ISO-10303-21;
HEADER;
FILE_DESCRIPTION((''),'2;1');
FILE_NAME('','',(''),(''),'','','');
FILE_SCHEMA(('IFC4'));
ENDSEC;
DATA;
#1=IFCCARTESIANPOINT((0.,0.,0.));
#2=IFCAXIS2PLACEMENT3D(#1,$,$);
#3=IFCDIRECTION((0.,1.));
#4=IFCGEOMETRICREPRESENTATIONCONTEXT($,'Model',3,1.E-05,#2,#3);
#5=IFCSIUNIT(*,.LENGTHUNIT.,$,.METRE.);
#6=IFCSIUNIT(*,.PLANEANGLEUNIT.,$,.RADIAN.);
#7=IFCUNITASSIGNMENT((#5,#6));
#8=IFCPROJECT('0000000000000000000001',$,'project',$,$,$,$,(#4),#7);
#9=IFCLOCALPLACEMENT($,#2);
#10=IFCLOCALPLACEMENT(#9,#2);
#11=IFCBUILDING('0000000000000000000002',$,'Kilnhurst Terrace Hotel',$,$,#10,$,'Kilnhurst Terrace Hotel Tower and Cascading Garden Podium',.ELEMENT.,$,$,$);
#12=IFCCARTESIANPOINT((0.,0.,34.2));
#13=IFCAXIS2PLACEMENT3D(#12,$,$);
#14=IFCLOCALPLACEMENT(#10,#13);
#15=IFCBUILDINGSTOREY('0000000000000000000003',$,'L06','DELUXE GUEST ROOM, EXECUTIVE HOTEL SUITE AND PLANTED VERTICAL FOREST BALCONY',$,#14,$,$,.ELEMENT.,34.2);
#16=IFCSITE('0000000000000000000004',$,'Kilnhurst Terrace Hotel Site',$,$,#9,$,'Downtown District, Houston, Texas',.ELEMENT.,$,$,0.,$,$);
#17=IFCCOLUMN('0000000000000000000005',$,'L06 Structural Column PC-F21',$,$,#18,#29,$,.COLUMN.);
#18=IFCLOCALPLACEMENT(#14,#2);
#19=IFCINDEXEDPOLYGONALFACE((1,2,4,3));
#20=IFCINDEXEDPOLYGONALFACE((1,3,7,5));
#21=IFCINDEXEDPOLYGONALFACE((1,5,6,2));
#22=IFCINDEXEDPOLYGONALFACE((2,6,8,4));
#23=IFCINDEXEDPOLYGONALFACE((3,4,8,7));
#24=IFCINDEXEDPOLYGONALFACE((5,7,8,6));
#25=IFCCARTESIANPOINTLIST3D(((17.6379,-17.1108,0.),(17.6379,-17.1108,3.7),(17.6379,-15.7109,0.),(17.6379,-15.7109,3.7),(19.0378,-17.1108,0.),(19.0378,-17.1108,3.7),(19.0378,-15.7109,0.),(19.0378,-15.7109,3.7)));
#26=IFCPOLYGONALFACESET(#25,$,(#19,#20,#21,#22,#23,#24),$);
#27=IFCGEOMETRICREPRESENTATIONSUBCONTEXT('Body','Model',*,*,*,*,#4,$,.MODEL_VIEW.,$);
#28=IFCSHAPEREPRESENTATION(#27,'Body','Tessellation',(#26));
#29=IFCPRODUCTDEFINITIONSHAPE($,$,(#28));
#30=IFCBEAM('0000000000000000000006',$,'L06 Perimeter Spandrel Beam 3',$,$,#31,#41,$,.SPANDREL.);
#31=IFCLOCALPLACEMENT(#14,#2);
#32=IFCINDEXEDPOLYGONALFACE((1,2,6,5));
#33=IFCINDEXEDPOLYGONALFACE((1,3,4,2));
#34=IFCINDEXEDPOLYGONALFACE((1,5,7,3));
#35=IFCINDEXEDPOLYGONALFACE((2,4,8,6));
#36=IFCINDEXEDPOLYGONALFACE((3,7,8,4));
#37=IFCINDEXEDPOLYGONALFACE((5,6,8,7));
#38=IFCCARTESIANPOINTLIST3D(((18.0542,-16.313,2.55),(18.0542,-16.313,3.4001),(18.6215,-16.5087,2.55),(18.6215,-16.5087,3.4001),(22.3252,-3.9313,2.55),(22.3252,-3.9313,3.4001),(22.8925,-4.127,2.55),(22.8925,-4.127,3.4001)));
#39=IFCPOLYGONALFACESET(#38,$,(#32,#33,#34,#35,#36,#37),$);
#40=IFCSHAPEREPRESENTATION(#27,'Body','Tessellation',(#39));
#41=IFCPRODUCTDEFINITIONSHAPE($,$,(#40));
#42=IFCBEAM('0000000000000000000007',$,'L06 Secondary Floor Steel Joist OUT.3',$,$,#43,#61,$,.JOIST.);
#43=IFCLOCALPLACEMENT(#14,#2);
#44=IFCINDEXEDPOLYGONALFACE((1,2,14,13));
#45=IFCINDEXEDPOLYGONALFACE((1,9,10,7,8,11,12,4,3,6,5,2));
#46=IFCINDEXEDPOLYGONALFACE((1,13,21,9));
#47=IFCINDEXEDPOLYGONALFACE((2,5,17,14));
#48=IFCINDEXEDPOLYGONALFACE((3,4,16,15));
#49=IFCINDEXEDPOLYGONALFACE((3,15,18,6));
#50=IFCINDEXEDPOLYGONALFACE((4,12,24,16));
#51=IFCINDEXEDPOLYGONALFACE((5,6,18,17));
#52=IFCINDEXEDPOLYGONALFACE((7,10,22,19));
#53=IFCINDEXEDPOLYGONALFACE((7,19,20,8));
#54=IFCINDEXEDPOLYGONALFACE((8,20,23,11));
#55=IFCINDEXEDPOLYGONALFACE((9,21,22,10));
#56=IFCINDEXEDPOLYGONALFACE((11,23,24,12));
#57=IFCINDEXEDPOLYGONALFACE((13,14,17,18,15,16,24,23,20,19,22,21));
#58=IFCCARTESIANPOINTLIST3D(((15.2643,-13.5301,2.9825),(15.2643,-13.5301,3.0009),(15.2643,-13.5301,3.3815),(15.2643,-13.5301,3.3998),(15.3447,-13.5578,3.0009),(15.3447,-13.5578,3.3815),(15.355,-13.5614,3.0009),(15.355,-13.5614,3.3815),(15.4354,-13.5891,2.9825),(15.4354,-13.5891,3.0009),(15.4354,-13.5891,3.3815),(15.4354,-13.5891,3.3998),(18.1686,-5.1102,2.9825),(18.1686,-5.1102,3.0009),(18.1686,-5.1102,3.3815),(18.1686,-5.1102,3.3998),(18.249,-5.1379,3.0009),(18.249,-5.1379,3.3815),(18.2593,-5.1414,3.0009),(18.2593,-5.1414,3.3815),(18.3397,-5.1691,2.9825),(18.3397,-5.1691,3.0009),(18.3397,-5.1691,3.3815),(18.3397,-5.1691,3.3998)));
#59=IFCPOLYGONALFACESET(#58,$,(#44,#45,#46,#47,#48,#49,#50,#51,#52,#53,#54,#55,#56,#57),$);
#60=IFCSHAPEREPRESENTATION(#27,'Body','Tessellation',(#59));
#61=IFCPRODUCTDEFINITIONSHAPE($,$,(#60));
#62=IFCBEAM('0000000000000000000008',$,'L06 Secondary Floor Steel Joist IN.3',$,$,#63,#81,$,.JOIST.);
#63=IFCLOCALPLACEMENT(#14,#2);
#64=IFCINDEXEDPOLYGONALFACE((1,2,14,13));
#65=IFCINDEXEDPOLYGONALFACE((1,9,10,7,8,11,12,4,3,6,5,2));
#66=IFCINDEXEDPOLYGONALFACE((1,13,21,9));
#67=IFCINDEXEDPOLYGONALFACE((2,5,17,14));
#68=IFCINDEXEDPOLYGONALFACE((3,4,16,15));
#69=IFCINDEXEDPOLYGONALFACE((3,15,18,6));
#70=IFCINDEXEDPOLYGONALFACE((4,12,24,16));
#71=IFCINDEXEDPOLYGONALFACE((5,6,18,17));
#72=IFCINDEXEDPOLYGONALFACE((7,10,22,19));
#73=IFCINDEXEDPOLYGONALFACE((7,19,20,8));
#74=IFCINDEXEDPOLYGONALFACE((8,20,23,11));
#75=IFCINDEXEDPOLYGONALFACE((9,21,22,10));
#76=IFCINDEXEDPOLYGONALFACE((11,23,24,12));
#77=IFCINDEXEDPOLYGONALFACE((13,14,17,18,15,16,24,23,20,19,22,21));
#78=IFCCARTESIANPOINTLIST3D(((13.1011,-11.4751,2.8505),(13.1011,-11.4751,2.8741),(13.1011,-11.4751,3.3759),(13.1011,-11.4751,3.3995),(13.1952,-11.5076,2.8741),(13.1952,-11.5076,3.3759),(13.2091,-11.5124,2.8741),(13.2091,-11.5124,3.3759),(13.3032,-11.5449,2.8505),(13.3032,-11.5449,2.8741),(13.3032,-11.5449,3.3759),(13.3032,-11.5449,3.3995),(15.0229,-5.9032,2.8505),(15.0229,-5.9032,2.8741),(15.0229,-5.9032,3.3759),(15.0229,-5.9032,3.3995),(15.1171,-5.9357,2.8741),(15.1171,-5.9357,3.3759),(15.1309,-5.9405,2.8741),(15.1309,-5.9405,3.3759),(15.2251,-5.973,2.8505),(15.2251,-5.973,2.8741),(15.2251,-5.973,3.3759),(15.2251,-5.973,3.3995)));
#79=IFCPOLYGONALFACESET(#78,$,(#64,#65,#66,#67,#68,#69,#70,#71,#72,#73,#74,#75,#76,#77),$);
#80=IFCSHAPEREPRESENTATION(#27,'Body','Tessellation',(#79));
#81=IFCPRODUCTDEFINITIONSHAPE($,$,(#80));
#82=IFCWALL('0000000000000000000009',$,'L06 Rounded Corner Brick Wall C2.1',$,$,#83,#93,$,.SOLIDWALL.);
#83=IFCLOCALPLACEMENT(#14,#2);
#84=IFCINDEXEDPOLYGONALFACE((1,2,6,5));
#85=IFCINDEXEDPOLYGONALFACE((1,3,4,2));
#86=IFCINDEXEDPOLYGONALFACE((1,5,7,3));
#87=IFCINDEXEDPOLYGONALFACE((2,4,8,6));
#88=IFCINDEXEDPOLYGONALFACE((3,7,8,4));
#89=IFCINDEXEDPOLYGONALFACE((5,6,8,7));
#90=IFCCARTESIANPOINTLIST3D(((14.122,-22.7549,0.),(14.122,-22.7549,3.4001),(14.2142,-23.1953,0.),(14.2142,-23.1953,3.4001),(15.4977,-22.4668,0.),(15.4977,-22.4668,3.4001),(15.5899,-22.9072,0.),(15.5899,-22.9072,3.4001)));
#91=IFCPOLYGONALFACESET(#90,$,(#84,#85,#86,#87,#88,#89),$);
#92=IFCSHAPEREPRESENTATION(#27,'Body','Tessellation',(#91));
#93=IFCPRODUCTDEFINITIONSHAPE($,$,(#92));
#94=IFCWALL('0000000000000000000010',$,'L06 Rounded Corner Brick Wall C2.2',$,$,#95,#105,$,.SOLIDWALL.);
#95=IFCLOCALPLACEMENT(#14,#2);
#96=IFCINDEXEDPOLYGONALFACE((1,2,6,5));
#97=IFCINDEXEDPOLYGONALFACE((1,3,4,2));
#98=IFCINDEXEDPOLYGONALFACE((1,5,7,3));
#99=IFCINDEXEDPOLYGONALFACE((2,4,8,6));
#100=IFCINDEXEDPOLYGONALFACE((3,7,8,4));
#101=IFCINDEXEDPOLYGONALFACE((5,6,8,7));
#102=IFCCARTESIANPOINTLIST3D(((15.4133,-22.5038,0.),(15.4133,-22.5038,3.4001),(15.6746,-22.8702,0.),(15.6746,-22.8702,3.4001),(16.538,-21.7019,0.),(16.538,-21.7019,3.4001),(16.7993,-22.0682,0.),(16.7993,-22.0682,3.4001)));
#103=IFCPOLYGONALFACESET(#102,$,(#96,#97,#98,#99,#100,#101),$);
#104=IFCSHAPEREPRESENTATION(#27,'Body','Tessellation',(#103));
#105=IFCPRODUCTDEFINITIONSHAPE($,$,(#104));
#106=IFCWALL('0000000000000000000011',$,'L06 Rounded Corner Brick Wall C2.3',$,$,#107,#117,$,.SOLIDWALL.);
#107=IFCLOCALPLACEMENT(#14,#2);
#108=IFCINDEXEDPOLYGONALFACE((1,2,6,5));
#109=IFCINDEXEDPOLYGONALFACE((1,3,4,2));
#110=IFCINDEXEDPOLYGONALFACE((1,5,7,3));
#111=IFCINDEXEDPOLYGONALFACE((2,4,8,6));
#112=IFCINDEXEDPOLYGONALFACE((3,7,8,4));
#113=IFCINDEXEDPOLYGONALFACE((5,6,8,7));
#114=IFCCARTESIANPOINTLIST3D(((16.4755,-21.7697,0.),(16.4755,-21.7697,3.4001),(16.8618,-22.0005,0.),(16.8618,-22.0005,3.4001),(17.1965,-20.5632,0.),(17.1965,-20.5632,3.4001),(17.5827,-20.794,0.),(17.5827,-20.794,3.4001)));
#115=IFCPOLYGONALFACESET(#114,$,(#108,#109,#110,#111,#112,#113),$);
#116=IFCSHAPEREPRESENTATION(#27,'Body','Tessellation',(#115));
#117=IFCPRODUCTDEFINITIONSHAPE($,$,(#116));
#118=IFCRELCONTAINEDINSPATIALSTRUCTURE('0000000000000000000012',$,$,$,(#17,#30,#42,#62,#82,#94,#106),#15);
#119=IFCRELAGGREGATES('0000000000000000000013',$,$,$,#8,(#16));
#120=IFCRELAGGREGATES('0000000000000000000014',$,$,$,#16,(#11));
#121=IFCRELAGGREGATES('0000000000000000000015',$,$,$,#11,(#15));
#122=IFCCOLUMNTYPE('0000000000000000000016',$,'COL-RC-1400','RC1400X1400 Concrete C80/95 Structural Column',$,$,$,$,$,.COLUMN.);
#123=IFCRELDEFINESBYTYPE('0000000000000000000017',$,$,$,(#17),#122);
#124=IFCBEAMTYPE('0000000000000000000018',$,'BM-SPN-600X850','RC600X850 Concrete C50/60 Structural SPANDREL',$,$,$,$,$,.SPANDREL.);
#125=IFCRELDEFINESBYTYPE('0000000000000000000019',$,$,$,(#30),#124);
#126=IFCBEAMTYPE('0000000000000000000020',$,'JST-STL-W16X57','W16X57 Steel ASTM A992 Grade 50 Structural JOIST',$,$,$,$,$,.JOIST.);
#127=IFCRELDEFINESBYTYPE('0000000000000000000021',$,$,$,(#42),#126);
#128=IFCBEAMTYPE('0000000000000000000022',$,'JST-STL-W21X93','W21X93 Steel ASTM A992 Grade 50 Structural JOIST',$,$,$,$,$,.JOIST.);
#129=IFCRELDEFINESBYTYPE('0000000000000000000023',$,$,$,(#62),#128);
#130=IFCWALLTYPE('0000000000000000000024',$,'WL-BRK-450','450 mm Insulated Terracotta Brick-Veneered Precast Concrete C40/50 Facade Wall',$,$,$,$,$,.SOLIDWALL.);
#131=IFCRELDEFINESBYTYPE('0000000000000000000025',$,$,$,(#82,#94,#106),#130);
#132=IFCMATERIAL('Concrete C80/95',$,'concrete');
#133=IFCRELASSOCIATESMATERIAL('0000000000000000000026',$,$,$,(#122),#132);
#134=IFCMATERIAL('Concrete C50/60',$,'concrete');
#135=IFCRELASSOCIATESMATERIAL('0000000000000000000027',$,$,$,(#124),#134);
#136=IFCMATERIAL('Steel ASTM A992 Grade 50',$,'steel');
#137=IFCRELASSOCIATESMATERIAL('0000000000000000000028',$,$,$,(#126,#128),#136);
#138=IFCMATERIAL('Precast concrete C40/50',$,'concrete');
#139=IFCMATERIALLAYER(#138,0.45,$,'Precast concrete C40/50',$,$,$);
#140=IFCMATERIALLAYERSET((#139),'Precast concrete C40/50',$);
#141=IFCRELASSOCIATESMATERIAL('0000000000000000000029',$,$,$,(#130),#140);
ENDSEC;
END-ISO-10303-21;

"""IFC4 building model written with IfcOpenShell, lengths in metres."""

from ifc_helpers import new_model, si_unit, direction, frame, frame_2d, origin, origin_2d, place, context, subcontext, project, spatial, rectangle, i_section, extrude, material, layer, layer_set, material_profile, profile_set, type_object, element, save


model = new_model("IFC4")

# Units and contexts
model_context = context("Model", 3, precision=1e-05, world=origin(), true_north=direction((0.0, 1.0)))
body_context = subcontext(model_context, "Body", "Model", "MODEL_VIEW")
ifc_project = project(units=[si_unit("LENGTHUNIT", "METRE"), si_unit("PLANEANGLEUNIT", "RADIAN")], contexts=[model_context])

# Site, building, storey
site_placement = place(None, origin())
site = spatial("IfcSite", under=ifc_project, at=site_placement, Name="Kilnhurst Terrace Hotel Site", LongName="Downtown District, Houston, Texas", CompositionType="ELEMENT", RefElevation=0.0)
building_placement = place(site_placement, origin())
building = spatial("IfcBuilding", under=site, at=building_placement, Name="Kilnhurst Terrace Hotel", LongName="Kilnhurst Terrace Hotel Tower and Cascading Garden Podium", CompositionType="ELEMENT")
storey_placement = place(building_placement, frame((0.0, 0.0, 34.2)))
storey = spatial("IfcBuildingStorey", under=building, at=storey_placement, Name="L06", Description="DELUXE GUEST ROOM, EXECUTIVE HOTEL SUITE AND PLANTED VERTICAL FOREST BALCONY", CompositionType="ELEMENT", Elevation=34.2)

# Column
ifc_material_1 = material(Name="Concrete C80/95", Category="concrete")
ifc_material_profile_1 = material_profile(ifc_material_1, rectangle(XDim=1.3999, YDim=1.3999, at=origin_2d()), Name="RC1400X1400")
ifc_profile_set_1 = profile_set([ifc_material_profile_1], Name="Concrete C80/95")
column_type = type_object("IfcColumnType", Name="COL-RC-1400", Description="RC1400X1400 Concrete C80/95 Structural Column", PredefinedType="COLUMN", material=ifc_profile_set_1)
column_placement = place(storey_placement, frame((18.3379, -16.4109, 0.0), z_axis=(0.0, 0.0, 1.0), x_axis=(1.0, 0.0, 0.0)))
element("IfcColumn", 1, at=column_placement, inside=storey, type_object=column_type, Name="L06 Structural Column PC-F21", PredefinedType="COLUMN", context=body_context, shape_type="SweptSolid", body=[
    extrude(rectangle(XDim=1.3999, YDim=1.3999, at=origin_2d()), origin(), (0.0, 0.0, 1.0), 3.7),
])

# Beams
ifc_material_2 = material(Name="Concrete C50/60", Category="concrete")
ifc_material_profile_2 = material_profile(ifc_material_2, rectangle(XDim=0.6001, YDim=0.8501, at=origin_2d()), Name="RC600X850")
ifc_profile_set_2 = profile_set([ifc_material_profile_2], Name="Concrete C50/60")
beam_type_1 = type_object("IfcBeamType", Name="BM-SPN-600X850", Description="RC600X850 Concrete C50/60 Structural SPANDREL", PredefinedType="SPANDREL", material=ifc_profile_set_2)
beam_1_placement = place(storey_placement, frame((18.3379, -16.4109, 2.9751), z_axis=(0.326086, 0.94534, 0.0), x_axis=(-0.94534, 0.326086, 0.0)))
element("IfcBeam", 2, at=beam_1_placement, inside=storey, type_object=beam_type_1, Name="L06 Perimeter Spandrel Beam 3", PredefinedType="SPANDREL", context=body_context, shape_type="SweptSolid", body=[
    extrude(rectangle(XDim=0.6001, YDim=0.8501, at=origin_2d()), origin(), (0.0, 0.0, 1.0), 13.0977),
])
ifc_material_3 = material(Name="Steel ASTM A992 Grade 50", Category="steel")
ifc_material_profile_3 = material_profile(ifc_material_3, i_section(OverallWidth=0.1809, OverallDepth=0.4172, WebThickness=0.011, FlangeThickness=0.0183, at=origin_2d()), Name="W16X57")
ifc_profile_set_3 = profile_set([ifc_material_profile_3], Name="Steel ASTM A992 Grade 50")
beam_type_2 = type_object("IfcBeamType", Name="JST-STL-W16X57", Description="W16X57 Steel ASTM A992 Grade 50 Structural JOIST", PredefinedType="JOIST", material=ifc_profile_set_3)
beam_2_placement = place(storey_placement, frame((15.3499, -13.5596, 3.1912), z_axis=(0.326079, 0.945343, 0.0), x_axis=(-0.945343, 0.326079, 0.0)))
element("IfcBeam", 3, at=beam_2_placement, inside=storey, type_object=beam_type_2, Name="L06 Secondary Floor Steel Joist OUT.3", PredefinedType="JOIST", context=body_context, shape_type="SweptSolid", body=[
    extrude(i_section(OverallWidth=0.1809, OverallDepth=0.4172, WebThickness=0.011, FlangeThickness=0.0183, at=origin_2d()), origin(), (0.0, 0.0, 1.0), 8.9067),
])
ifc_material_profile_4 = material_profile(ifc_material_3, i_section(OverallWidth=0.2139, OverallDepth=0.5491, WebThickness=0.0146, FlangeThickness=0.0237, at=origin_2d()), Name="W21X93")
ifc_profile_set_4 = profile_set([ifc_material_profile_4], Name="Steel ASTM A992 Grade 50")
beam_type_3 = type_object("IfcBeamType", Name="JST-STL-W21X93", Description="W21X93 Steel ASTM A992 Grade 50 Structural JOIST", PredefinedType="JOIST", material=ifc_profile_set_4)
beam_3_placement = place(storey_placement, frame((13.2021, -11.51, 3.125), z_axis=(0.326065, 0.945347, 0.0), x_axis=(-0.945347, 0.326065, 0.0)))
element("IfcBeam", 4, at=beam_3_placement, inside=storey, type_object=beam_type_3, Name="L06 Secondary Floor Steel Joist IN.3", PredefinedType="JOIST", context=body_context, shape_type="SweptSolid", body=[
    extrude(i_section(OverallWidth=0.2139, OverallDepth=0.5491, WebThickness=0.0146, FlangeThickness=0.0237, at=origin_2d()), origin(), (0.0, 0.0, 1.0), 5.894),
])

# Walls
ifc_material_4 = material(Name="Precast concrete C40/50", Category="concrete")
ifc_layer_1 = layer(ifc_material_4, 0.45, Name="Precast concrete C40/50")
ifc_layer_set_1 = layer_set([ifc_layer_1], Name="Precast concrete C40/50")
wall_type_1 = type_object("IfcWallType", Name="WL-BRK-450", Description="450 mm Insulated Terracotta Brick-Veneered Precast Concrete C40/50 Facade Wall", PredefinedType="SOLIDWALL", material=ifc_layer_set_1)
wall_1_placement = place(storey_placement, frame((14.1682, -22.9751, 0.0), z_axis=(0.0, 0.0, 1.0), x_axis=(0.97877, 0.20496, 0.0)))
element("IfcWall", 5, at=wall_1_placement, inside=storey, type_object=wall_type_1, Name="L06 Rounded Corner Brick Wall C2.1", PredefinedType="SOLIDWALL", context=body_context, shape_type="SweptSolid", body=[
    extrude(rectangle(XDim=1.4055, YDim=0.45, at=frame_2d((0.7026, 0.0))), origin(), (0.0, 0.0, 1.0), 3.4001),
])
wall_2_placement = place(storey_placement, frame((15.5439, -22.687, 0.0), z_axis=(0.0, 0.0, 1.0), x_axis=(0.814211, 0.580569, 0.0)))
element("IfcWall", 6, at=wall_2_placement, inside=storey, type_object=wall_type_1, Name="L06 Rounded Corner Brick Wall C2.2", PredefinedType="SOLIDWALL", context=body_context, shape_type="SweptSolid", body=[
    extrude(rectangle(XDim=1.3813, YDim=0.45, at=frame_2d((0.6907, 0.0))), origin(), (0.0, 0.0, 1.0), 3.4001),
])
wall_3_placement = place(storey_placement, frame((16.6687, -21.885, 0.0), z_axis=(0.0, 0.0, 1.0), x_axis=(0.512937, 0.858426, 0.0)))
element("IfcWall", 7, at=wall_3_placement, inside=storey, type_object=wall_type_1, Name="L06 Rounded Corner Brick Wall C2.3", PredefinedType="SOLIDWALL", context=body_context, shape_type="SweptSolid", body=[
    extrude(rectangle(XDim=1.4055, YDim=0.45, at=frame_2d((0.7026, 0.0))), origin(), (0.0, 0.0, 1.0), 3.4001),
])

save(model, "model.ifc")
